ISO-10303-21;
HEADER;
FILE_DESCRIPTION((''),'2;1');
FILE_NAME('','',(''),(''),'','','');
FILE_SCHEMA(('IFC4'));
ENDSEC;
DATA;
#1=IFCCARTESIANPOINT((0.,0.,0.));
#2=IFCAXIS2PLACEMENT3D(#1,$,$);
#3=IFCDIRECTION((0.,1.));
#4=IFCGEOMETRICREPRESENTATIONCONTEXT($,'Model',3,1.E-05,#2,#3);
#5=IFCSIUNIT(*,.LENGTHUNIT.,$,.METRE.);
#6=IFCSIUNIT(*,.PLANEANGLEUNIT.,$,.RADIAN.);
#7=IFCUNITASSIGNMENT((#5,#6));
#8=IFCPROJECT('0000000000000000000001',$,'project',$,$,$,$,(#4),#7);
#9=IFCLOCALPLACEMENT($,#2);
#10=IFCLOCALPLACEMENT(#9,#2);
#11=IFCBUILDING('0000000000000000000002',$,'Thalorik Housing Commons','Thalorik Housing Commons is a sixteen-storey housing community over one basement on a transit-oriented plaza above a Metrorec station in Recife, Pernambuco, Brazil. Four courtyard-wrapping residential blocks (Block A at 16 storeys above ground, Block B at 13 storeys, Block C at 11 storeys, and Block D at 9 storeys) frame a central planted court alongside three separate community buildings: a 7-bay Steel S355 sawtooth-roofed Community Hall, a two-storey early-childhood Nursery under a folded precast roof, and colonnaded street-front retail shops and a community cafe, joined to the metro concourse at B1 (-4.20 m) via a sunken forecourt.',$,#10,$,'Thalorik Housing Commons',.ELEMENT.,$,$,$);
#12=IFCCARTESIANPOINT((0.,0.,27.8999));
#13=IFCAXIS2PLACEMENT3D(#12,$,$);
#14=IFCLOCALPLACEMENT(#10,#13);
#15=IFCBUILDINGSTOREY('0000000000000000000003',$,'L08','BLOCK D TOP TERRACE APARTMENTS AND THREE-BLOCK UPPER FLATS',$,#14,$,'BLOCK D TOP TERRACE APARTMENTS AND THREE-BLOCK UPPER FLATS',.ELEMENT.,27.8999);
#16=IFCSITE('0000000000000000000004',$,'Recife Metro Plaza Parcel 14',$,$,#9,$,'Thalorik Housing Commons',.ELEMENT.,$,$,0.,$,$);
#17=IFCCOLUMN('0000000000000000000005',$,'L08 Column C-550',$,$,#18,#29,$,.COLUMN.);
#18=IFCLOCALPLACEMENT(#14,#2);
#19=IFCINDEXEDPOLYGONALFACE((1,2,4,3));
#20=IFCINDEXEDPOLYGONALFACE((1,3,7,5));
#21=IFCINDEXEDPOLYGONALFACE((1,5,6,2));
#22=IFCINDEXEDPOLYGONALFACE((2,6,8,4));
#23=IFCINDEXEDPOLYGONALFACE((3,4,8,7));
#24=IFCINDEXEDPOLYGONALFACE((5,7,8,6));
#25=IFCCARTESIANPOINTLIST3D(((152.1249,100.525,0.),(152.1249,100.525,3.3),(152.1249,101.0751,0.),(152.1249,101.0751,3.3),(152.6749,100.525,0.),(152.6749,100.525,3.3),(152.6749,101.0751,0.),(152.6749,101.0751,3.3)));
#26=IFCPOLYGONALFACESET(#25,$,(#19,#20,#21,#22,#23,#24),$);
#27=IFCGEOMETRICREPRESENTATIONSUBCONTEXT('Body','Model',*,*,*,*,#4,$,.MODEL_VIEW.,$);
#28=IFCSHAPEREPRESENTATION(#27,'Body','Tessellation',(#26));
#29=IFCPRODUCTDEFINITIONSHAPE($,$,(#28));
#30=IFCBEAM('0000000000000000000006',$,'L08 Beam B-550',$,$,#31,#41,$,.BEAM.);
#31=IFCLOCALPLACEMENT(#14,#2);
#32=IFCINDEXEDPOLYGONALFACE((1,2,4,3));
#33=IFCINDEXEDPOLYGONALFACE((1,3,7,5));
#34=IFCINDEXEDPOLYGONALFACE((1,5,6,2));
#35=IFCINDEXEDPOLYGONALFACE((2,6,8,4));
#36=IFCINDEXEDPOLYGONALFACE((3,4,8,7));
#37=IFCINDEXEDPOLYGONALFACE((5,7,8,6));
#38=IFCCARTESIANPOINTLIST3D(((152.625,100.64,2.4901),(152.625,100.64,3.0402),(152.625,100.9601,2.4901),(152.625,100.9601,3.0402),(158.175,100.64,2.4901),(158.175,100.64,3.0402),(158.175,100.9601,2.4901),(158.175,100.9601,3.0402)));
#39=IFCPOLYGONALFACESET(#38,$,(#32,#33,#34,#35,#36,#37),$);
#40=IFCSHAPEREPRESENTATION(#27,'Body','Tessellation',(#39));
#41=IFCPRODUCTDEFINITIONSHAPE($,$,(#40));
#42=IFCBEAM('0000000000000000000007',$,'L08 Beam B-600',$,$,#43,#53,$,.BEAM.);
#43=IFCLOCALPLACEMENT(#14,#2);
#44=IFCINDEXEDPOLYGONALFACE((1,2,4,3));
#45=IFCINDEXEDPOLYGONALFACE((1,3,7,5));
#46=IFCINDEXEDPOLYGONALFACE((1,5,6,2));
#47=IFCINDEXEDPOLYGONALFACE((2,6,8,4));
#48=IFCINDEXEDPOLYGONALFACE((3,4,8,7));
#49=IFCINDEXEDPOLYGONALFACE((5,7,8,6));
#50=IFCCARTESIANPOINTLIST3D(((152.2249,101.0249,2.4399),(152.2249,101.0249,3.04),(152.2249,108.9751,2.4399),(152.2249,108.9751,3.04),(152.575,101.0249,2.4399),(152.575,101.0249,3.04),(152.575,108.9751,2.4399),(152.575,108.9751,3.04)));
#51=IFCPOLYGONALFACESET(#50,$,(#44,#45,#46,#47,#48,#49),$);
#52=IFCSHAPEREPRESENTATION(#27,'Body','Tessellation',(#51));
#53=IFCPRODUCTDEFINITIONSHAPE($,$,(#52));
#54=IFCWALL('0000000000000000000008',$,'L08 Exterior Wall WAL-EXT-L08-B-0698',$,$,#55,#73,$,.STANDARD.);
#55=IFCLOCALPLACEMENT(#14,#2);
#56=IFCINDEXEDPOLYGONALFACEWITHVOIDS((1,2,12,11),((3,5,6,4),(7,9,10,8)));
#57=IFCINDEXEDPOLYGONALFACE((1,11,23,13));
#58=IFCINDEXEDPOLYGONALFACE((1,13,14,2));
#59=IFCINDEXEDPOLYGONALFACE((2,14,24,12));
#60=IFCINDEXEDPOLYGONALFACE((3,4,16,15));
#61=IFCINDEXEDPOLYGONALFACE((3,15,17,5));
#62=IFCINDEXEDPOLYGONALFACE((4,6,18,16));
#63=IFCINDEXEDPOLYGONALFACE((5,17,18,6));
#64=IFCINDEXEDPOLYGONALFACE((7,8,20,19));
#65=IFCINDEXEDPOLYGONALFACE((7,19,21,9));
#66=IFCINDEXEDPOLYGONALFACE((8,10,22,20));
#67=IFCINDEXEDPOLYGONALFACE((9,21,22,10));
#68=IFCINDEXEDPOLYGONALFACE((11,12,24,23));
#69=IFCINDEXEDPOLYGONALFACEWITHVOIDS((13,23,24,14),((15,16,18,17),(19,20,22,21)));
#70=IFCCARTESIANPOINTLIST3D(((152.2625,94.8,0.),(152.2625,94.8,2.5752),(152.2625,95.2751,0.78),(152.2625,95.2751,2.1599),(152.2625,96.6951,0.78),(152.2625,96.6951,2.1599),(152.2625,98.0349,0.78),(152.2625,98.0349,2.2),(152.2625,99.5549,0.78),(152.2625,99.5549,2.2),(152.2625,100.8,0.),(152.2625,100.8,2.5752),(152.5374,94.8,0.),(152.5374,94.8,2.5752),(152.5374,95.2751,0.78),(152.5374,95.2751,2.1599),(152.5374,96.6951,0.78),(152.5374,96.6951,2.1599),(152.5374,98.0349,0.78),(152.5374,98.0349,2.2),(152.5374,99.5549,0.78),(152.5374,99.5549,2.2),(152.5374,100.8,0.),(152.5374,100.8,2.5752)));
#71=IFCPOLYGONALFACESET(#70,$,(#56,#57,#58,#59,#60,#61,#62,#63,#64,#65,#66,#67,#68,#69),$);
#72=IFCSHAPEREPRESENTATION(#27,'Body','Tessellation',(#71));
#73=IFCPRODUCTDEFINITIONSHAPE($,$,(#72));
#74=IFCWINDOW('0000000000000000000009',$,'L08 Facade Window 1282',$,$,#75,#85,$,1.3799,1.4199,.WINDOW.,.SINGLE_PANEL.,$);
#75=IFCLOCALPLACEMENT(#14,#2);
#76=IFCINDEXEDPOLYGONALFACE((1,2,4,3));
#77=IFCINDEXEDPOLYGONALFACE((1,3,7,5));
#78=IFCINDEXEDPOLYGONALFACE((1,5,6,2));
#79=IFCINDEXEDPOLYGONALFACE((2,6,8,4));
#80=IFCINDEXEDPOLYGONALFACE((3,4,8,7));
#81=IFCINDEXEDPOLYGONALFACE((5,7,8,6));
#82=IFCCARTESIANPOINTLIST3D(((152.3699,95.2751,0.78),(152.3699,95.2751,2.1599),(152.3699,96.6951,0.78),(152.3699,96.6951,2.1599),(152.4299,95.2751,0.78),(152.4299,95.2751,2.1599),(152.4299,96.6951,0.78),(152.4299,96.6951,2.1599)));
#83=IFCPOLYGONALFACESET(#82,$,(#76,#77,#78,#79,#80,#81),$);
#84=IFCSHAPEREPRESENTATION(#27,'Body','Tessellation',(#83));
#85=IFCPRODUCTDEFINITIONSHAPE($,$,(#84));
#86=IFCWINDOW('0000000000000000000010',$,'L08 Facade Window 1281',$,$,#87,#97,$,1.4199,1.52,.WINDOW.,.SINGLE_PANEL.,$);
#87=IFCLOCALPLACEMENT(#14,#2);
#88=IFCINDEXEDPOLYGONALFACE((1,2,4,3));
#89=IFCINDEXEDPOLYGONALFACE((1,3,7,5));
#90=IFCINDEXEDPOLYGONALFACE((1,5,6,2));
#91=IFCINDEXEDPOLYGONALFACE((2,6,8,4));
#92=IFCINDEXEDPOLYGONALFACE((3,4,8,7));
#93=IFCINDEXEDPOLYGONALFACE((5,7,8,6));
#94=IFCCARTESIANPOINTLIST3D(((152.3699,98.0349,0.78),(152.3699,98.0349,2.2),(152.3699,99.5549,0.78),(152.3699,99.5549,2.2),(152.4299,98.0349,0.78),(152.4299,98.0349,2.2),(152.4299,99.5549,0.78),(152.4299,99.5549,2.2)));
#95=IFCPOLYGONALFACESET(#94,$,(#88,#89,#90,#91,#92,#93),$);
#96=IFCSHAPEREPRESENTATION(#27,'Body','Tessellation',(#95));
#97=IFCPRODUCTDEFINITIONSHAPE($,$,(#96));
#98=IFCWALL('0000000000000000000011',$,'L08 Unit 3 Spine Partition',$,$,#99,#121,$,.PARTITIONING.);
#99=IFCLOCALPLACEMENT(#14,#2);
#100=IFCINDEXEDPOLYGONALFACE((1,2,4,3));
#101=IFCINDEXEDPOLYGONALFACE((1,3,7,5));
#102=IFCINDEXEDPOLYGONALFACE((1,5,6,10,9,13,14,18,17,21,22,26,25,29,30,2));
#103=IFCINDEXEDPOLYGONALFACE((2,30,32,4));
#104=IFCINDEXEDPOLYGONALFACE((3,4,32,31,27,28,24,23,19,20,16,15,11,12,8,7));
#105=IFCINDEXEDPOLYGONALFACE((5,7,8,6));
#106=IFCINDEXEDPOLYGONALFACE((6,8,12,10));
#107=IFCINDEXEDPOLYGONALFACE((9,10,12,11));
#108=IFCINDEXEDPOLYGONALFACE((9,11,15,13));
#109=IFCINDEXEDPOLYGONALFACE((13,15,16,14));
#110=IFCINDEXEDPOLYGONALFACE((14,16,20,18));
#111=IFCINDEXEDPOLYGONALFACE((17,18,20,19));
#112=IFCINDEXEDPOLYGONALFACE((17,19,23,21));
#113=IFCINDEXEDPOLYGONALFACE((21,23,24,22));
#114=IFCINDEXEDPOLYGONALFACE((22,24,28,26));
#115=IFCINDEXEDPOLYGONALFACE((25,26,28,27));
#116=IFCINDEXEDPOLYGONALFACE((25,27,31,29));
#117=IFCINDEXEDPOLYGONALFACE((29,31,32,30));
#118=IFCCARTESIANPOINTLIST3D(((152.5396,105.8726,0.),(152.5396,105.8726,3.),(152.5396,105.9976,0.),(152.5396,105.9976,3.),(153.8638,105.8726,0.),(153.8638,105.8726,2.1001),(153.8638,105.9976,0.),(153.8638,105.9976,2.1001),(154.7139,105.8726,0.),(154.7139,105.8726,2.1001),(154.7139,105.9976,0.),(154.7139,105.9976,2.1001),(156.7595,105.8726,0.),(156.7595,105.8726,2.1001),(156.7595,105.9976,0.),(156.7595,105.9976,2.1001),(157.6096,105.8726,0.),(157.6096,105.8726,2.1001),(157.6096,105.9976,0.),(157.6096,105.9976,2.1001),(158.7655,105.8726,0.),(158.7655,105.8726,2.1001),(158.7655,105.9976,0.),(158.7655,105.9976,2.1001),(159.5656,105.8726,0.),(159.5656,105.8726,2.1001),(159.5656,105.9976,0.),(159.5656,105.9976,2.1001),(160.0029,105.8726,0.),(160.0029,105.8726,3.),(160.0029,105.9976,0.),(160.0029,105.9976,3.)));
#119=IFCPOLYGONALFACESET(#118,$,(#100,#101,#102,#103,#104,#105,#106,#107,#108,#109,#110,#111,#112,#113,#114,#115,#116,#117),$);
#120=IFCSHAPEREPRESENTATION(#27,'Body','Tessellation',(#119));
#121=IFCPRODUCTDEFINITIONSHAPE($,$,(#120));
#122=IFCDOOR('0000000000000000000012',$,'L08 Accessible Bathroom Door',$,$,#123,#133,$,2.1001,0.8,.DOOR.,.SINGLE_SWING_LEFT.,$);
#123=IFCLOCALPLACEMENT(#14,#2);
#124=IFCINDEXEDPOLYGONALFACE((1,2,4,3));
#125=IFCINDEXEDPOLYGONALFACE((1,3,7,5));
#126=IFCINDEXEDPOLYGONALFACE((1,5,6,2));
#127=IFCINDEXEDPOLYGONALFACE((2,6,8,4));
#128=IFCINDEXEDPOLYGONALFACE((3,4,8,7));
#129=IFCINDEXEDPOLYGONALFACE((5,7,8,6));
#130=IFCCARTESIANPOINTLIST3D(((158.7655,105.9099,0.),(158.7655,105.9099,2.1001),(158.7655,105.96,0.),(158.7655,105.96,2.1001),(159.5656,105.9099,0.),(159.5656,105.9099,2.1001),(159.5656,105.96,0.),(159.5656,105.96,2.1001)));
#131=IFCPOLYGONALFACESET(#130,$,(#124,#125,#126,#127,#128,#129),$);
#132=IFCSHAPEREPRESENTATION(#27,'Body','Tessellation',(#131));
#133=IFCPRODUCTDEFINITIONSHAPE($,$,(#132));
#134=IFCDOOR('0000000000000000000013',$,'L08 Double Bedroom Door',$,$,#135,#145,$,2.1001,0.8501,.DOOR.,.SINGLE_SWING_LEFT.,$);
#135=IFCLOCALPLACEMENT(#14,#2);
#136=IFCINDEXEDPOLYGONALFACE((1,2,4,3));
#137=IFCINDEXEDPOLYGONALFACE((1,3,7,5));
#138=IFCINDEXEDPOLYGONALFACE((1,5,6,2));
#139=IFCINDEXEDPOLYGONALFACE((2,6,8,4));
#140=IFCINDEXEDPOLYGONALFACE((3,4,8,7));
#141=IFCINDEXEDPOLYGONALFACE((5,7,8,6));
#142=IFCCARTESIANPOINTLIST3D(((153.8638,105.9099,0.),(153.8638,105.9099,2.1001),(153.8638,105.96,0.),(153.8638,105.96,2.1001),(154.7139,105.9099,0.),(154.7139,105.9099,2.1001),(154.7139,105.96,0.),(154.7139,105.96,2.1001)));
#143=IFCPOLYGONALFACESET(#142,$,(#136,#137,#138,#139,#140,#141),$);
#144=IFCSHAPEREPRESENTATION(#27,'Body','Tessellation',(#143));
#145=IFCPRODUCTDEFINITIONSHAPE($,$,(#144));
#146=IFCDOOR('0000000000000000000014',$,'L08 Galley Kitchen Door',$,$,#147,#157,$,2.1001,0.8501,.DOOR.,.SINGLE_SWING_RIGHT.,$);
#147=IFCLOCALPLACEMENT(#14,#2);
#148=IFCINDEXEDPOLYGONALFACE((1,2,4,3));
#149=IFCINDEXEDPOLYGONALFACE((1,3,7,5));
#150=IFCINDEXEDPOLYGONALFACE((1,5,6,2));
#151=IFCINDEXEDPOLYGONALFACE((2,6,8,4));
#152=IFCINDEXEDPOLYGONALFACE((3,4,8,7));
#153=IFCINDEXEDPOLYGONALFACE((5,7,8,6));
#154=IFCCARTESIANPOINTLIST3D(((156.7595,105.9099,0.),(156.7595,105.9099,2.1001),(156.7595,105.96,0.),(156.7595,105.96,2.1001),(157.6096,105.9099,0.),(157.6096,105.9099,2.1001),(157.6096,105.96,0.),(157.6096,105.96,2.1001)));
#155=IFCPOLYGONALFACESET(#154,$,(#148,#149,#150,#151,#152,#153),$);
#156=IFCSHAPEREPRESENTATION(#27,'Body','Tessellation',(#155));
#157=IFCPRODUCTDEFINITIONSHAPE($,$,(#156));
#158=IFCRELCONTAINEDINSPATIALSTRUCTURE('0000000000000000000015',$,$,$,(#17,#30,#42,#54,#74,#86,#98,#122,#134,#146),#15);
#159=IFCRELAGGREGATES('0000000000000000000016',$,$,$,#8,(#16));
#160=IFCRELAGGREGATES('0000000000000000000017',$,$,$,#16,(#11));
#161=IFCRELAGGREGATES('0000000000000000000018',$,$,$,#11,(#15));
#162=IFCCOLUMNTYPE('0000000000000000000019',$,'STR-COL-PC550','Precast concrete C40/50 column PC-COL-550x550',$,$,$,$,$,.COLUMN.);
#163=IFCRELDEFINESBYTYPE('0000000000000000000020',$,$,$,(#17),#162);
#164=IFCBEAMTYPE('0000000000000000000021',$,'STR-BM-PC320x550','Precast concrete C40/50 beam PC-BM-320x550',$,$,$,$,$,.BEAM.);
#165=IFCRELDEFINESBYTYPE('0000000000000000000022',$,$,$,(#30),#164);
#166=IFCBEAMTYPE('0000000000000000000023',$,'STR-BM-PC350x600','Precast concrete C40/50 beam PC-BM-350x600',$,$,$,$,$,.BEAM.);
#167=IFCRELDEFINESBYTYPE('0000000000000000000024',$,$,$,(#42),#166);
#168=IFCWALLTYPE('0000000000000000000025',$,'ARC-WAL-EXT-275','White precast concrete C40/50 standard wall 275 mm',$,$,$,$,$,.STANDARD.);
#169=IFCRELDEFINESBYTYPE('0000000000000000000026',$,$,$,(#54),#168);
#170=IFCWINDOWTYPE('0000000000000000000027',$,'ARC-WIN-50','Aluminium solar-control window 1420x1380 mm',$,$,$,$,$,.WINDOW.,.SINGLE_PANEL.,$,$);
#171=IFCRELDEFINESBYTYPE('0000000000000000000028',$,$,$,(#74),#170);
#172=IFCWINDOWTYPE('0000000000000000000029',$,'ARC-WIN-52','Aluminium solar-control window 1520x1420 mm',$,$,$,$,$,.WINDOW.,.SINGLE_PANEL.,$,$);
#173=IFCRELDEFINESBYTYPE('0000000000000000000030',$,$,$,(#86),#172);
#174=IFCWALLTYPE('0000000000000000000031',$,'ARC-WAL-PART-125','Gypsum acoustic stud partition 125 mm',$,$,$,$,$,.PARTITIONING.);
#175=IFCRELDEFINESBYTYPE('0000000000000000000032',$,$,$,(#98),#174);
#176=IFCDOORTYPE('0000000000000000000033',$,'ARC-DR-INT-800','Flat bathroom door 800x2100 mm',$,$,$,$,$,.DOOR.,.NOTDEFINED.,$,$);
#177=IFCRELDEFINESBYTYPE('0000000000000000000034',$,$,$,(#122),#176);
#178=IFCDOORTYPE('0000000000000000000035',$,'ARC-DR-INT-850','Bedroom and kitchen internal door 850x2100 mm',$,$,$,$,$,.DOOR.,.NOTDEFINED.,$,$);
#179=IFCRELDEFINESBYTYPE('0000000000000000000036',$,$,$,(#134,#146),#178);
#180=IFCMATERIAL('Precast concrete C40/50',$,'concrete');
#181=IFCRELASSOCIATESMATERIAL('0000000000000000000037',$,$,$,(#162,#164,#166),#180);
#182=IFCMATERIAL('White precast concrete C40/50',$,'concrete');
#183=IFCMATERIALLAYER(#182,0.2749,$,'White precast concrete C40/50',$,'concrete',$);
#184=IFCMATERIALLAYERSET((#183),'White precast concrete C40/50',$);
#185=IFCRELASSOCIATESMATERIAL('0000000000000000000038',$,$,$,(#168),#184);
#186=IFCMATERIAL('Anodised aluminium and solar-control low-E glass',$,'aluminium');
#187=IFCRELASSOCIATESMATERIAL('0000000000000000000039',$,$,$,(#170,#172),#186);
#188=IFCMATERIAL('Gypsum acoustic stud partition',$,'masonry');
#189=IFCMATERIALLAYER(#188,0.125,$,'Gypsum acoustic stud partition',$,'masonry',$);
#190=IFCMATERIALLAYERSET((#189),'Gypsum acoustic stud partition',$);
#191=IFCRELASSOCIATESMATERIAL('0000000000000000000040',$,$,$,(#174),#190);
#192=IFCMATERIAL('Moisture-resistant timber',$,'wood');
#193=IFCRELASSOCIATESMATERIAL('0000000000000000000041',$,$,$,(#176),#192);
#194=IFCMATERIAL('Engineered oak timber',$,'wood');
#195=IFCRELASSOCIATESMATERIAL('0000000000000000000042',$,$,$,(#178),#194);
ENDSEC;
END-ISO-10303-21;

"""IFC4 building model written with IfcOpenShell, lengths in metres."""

from ifc_helpers import new_model, si_unit, direction, frame, frame_2d, origin, origin_2d, place, context, subcontext, project, spatial, rectangle, extrude, material, layer, layer_set, material_profile, profile_set, type_object, element, fill, save


model = new_model("IFC4")

# Units and contexts
model_context = context("Model", 3, precision=1e-05, world=origin(), true_north=direction((0.0, 1.0)))
body_context = subcontext(model_context, "Body", "Model", "MODEL_VIEW")
ifc_project = project(units=[si_unit("LENGTHUNIT", "METRE"), si_unit("PLANEANGLEUNIT", "RADIAN")], contexts=[model_context])

# Site, building, storey
site_placement = place(None, origin())
site = spatial("IfcSite", under=ifc_project, at=site_placement, Name="Recife Metro Plaza Parcel 14", LongName="Thalorik Housing Commons", CompositionType="ELEMENT", RefElevation=0.0)
building_placement = place(site_placement, origin())
building = spatial("IfcBuilding", under=site, at=building_placement, Name="Thalorik Housing Commons", Description="Thalorik Housing Commons is a sixteen-storey housing community over one basement on a transit-oriented plaza above a Metrorec station in Recife, Pernambuco, Brazil. Four courtyard-wrapping residential blocks (Block A at 16 storeys above ground, Block B at 13 storeys, Block C at 11 storeys, and Block D at 9 storeys) frame a central planted court alongside three separate community buildings: a 7-bay Steel S355 sawtooth-roofed Community Hall, a two-storey early-childhood Nursery under a folded precast roof, and colonnaded street-front retail shops and a community cafe, joined to the metro concourse at B1 (-4.20 m) via a sunken forecourt.", LongName="Thalorik Housing Commons", CompositionType="ELEMENT")
storey_placement = place(building_placement, frame((0.0, 0.0, 27.8999)))
storey = spatial("IfcBuildingStorey", under=building, at=storey_placement, Name="L08", Description="BLOCK D TOP TERRACE APARTMENTS AND THREE-BLOCK UPPER FLATS", LongName="BLOCK D TOP TERRACE APARTMENTS AND THREE-BLOCK UPPER FLATS", CompositionType="ELEMENT", Elevation=27.8999)

# Column
ifc_material_1 = material(Name="Precast concrete C40/50", Category="concrete")
ifc_material_profile_1 = material_profile(ifc_material_1, rectangle(XDim=0.55, YDim=0.55, at=origin_2d()), Name="PC 550x550", Category="concrete")
ifc_profile_set_1 = profile_set([ifc_material_profile_1], Name="Precast concrete C40/50")
column_type = type_object("IfcColumnType", Name="STR-COL-PC550", Description="Precast concrete C40/50 column PC-COL-550x550", PredefinedType="COLUMN", material=ifc_profile_set_1)
column_placement = place(storey_placement, frame((152.3999, 100.8, 0.0), z_axis=(0.0, 0.0, 1.0), x_axis=(1.0, 0.0, 0.0)))
element("IfcColumn", 1, at=column_placement, inside=storey, type_object=column_type, Name="L08 Column C-550", PredefinedType="COLUMN", context=body_context, shape_type="SweptSolid", body=[
    extrude(rectangle(XDim=0.55, YDim=0.55, at=origin_2d()), origin(), (0.0, 0.0, 1.0), 3.3),
])

# Beams
ifc_material_profile_2 = material_profile(ifc_material_1, rectangle(XDim=0.3201, YDim=0.55, at=origin_2d()), Name="PC 320x550", Category="concrete")
ifc_profile_set_2 = profile_set([ifc_material_profile_2], Name="Precast concrete C40/50")
beam_type_1 = type_object("IfcBeamType", Name="STR-BM-PC320x550", Description="Precast concrete C40/50 beam PC-BM-320x550", PredefinedType="BEAM", material=ifc_profile_set_2)
beam_1_placement = place(storey_placement, frame((152.625, 100.8, 2.7651), z_axis=(1.0, 0.0, 0.0), x_axis=(0.0, 1.0, 0.0)))
element("IfcBeam", 2, at=beam_1_placement, inside=storey, type_object=beam_type_1, Name="L08 Beam B-550", PredefinedType="BEAM", context=body_context, shape_type="SweptSolid", body=[
    extrude(rectangle(XDim=0.3201, YDim=0.55, at=origin_2d()), origin(), (0.0, 0.0, 1.0), 5.55),
])
ifc_material_profile_3 = material_profile(ifc_material_1, rectangle(XDim=0.3501, YDim=0.6001, at=origin_2d()), Name="PC 350x600", Category="concrete")
ifc_profile_set_3 = profile_set([ifc_material_profile_3], Name="Precast concrete C40/50")
beam_type_2 = type_object("IfcBeamType", Name="STR-BM-PC350x600", Description="Precast concrete C40/50 beam PC-BM-350x600", PredefinedType="BEAM", material=ifc_profile_set_3)
beam_2_placement = place(storey_placement, frame((152.3999, 101.0249, 2.74), z_axis=(0.0, 1.0, 0.0), x_axis=(-1.0, 0.0, 0.0)))
element("IfcBeam", 3, at=beam_2_placement, inside=storey, type_object=beam_type_2, Name="L08 Beam B-600", PredefinedType="BEAM", context=body_context, shape_type="SweptSolid", body=[
    extrude(rectangle(XDim=0.3501, YDim=0.6001, at=origin_2d()), origin(), (0.0, 0.0, 1.0), 7.9502),
])

# Wall, openings, windows
ifc_material_2 = material(Name="White precast concrete C40/50", Category="concrete")
ifc_layer_1 = layer(ifc_material_2, 0.2749, Name="White precast concrete C40/50", Category="concrete")
ifc_layer_set_1 = layer_set([ifc_layer_1], Name="White precast concrete C40/50")
wall_type_1 = type_object("IfcWallType", Name="ARC-WAL-EXT-275", Description="White precast concrete C40/50 standard wall 275 mm", PredefinedType="STANDARD", material=ifc_layer_set_1)
wall_1_placement = place(storey_placement, frame((152.3999, 100.8, 0.0), z_axis=(0.0, 0.0, 1.0), x_axis=(0.0, -1.0, 0.0)))
wall_1 = element("IfcWall", 4, at=wall_1_placement, inside=storey, type_object=wall_type_1, Name="L08 Exterior Wall WAL-EXT-L08-B-0698", PredefinedType="STANDARD", context=body_context, shape_type="SweptSolid", body=[
    extrude(rectangle(XDim=6.0, YDim=0.2749, at=frame_2d((3.0, 0.0))), origin(), (0.0, 0.0, 1.0), 2.5752),
])
opening_1_placement = place(wall_1_placement, frame((1.2451, 0.0, 0.78)))
opening_1 = element("IfcOpeningElement", 5, at=opening_1_placement, cuts=wall_1, PredefinedType="OPENING", context=body_context, shape_type="SweptSolid", body=[
    extrude(rectangle(XDim=1.52, YDim=1.4199, at=frame_2d((0.76, 0.71))), frame((0.0, 0.1475, 0.0), z_axis=(0.0, -1.0, 0.0), x_axis=(1.0, 0.0, 0.0)), (0.0, 0.0, 1.0), 0.2949),
])
opening_2_placement = place(wall_1_placement, frame((4.105, 0.0, 0.78)))
opening_2 = element("IfcOpeningElement", 6, at=opening_2_placement, cuts=wall_1, PredefinedType="OPENING", context=body_context, shape_type="SweptSolid", body=[
    extrude(rectangle(XDim=1.4199, YDim=1.3799, at=frame_2d((0.71, 0.6899))), frame((0.0, 0.1475, 0.0), z_axis=(0.0, -1.0, 0.0), x_axis=(1.0, 0.0, 0.0)), (0.0, 0.0, 1.0), 0.2949),
])
ifc_material_3 = material(Name="Anodised aluminium and solar-control low-E glass", Category="aluminium")
window_type_1 = type_object("IfcWindowType", Name="ARC-WIN-50", Description="Aluminium solar-control window 1420x1380 mm", PartitioningType="SINGLE_PANEL", PredefinedType="WINDOW", material=ifc_material_3)
window_1_placement = place(opening_2_placement, origin())
window_1 = element("IfcWindow", 7, at=window_1_placement, inside=storey, type_object=window_type_1, Name="L08 Facade Window 1282", OverallHeight=1.3799, OverallWidth=1.4199, PartitioningType="SINGLE_PANEL", PredefinedType="WINDOW", context=body_context, shape_type="SweptSolid", body=[
    extrude(rectangle(XDim=1.4199, YDim=1.3799, at=frame_2d((0.71, 0.6899))), frame((0.0, 0.03, 0.0), z_axis=(0.0, -1.0, 0.0), x_axis=(1.0, 0.0, 0.0)), (0.0, 0.0, 1.0), 0.0601),
])
fill(opening_2, window_1)
window_type_2 = type_object("IfcWindowType", Name="ARC-WIN-52", Description="Aluminium solar-control window 1520x1420 mm", PartitioningType="SINGLE_PANEL", PredefinedType="WINDOW", material=ifc_material_3)
window_2_placement = place(opening_1_placement, origin())
window_2 = element("IfcWindow", 8, at=window_2_placement, inside=storey, type_object=window_type_2, Name="L08 Facade Window 1281", OverallHeight=1.4199, OverallWidth=1.52, PartitioningType="SINGLE_PANEL", PredefinedType="WINDOW", context=body_context, shape_type="SweptSolid", body=[
    extrude(rectangle(XDim=1.52, YDim=1.4199, at=frame_2d((0.76, 0.71))), frame((0.0, 0.03, 0.0), z_axis=(0.0, -1.0, 0.0), x_axis=(1.0, 0.0, 0.0)), (0.0, 0.0, 1.0), 0.0601),
])
fill(opening_1, window_2)

# Wall, openings, doors
ifc_material_4 = material(Name="Gypsum acoustic stud partition", Category="masonry")
ifc_layer_2 = layer(ifc_material_4, 0.125, Name="Gypsum acoustic stud partition", Category="masonry")
ifc_layer_set_2 = layer_set([ifc_layer_2], Name="Gypsum acoustic stud partition")
wall_type_2 = type_object("IfcWallType", Name="ARC-WAL-PART-125", Description="Gypsum acoustic stud partition 125 mm", PredefinedType="PARTITIONING", material=ifc_layer_set_2)
wall_2_placement = place(storey_placement, frame((152.5396, 105.9351, 0.0), z_axis=(0.0, 0.0, 1.0), x_axis=(1.0, 0.0, 0.0)))
wall_2 = element("IfcWall", 9, at=wall_2_placement, inside=storey, type_object=wall_type_2, Name="L08 Unit 3 Spine Partition", PredefinedType="PARTITIONING", context=body_context, shape_type="SweptSolid", body=[
    extrude(rectangle(XDim=7.4634, YDim=0.125, at=frame_2d((3.7317, 0.0))), origin(), (0.0, 0.0, 1.0), 3.0),
])
opening_3_placement = place(wall_2_placement, frame((1.3242, 0.0, 0.0)))
opening_3 = element("IfcOpeningElement", 10, at=opening_3_placement, cuts=wall_2, PredefinedType="OPENING", context=body_context, shape_type="SweptSolid", body=[
    extrude(rectangle(XDim=0.8501, YDim=2.1001, at=frame_2d((0.425, 1.05))), frame((0.0, 0.0725, 0.0), z_axis=(0.0, -1.0, 0.0), x_axis=(1.0, 0.0, 0.0)), (0.0, 0.0, 1.0), 0.145),
])
opening_4_placement = place(wall_2_placement, frame((4.22, 0.0, 0.0)))
opening_4 = element("IfcOpeningElement", 11, at=opening_4_placement, cuts=wall_2, PredefinedType="OPENING", context=body_context, shape_type="SweptSolid", body=[
    extrude(rectangle(XDim=0.8501, YDim=2.1001, at=frame_2d((0.425, 1.05))), frame((0.0, 0.0725, 0.0), z_axis=(0.0, -1.0, 0.0), x_axis=(1.0, 0.0, 0.0)), (0.0, 0.0, 1.0), 0.145),
])
opening_5_placement = place(wall_2_placement, frame((6.2261, 0.0, 0.0)))
opening_5 = element("IfcOpeningElement", 12, at=opening_5_placement, cuts=wall_2, PredefinedType="OPENING", context=body_context, shape_type="SweptSolid", body=[
    extrude(rectangle(XDim=0.8, YDim=2.1001, at=frame_2d((0.3999, 1.05))), frame((0.0, 0.0725, 0.0), z_axis=(0.0, -1.0, 0.0), x_axis=(1.0, 0.0, 0.0)), (0.0, 0.0, 1.0), 0.145),
])
ifc_material_5 = material(Name="Moisture-resistant timber", Category="wood")
door_type_1 = type_object("IfcDoorType", Name="ARC-DR-INT-800", Description="Flat bathroom door 800x2100 mm", OperationType="NOTDEFINED", PredefinedType="DOOR", material=ifc_material_5)
door_1_placement = place(opening_5_placement, origin())
door_1 = element("IfcDoor", 13, at=door_1_placement, inside=storey, type_object=door_type_1, Name="L08 Accessible Bathroom Door", OperationType="SINGLE_SWING_LEFT", OverallHeight=2.1001, OverallWidth=0.8, PredefinedType="DOOR", context=body_context, shape_type="SweptSolid", body=[
    extrude(rectangle(XDim=0.8, YDim=2.1001, at=frame_2d((0.3999, 1.05))), frame((0.0, 0.0249, 0.0), z_axis=(0.0, -1.0, 0.0), x_axis=(1.0, 0.0, 0.0)), (0.0, 0.0, 1.0), 0.05),
])
fill(opening_5, door_1)
ifc_material_6 = material(Name="Engineered oak timber", Category="wood")
door_type_2 = type_object("IfcDoorType", Name="ARC-DR-INT-850", Description="Bedroom and kitchen internal door 850x2100 mm", OperationType="NOTDEFINED", PredefinedType="DOOR", material=ifc_material_6)
door_2_placement = place(opening_3_placement, origin())
door_2 = element("IfcDoor", 14, at=door_2_placement, inside=storey, type_object=door_type_2, Name="L08 Double Bedroom Door", OperationType="SINGLE_SWING_LEFT", OverallHeight=2.1001, OverallWidth=0.8501, PredefinedType="DOOR", context=body_context, shape_type="SweptSolid", body=[
    extrude(rectangle(XDim=0.8501, YDim=2.1001, at=frame_2d((0.425, 1.05))), frame((0.0, 0.0249, 0.0), z_axis=(0.0, -1.0, 0.0), x_axis=(1.0, 0.0, 0.0)), (0.0, 0.0, 1.0), 0.05),
])
fill(opening_3, door_2)
door_3_placement = place(opening_4_placement, origin())
door_3 = element("IfcDoor", 15, at=door_3_placement, inside=storey, type_object=door_type_2, Name="L08 Galley Kitchen Door", OperationType="SINGLE_SWING_RIGHT", OverallHeight=2.1001, OverallWidth=0.8501, PredefinedType="DOOR", context=body_context, shape_type="SweptSolid", body=[
    extrude(rectangle(XDim=0.8501, YDim=2.1001, at=frame_2d((0.425, 1.05))), frame((0.0, 0.0249, 0.0), z_axis=(0.0, -1.0, 0.0), x_axis=(1.0, 0.0, 0.0)), (0.0, 0.0, 1.0), 0.05),
])
fill(opening_4, door_3)

save(model, "model.ifc")
